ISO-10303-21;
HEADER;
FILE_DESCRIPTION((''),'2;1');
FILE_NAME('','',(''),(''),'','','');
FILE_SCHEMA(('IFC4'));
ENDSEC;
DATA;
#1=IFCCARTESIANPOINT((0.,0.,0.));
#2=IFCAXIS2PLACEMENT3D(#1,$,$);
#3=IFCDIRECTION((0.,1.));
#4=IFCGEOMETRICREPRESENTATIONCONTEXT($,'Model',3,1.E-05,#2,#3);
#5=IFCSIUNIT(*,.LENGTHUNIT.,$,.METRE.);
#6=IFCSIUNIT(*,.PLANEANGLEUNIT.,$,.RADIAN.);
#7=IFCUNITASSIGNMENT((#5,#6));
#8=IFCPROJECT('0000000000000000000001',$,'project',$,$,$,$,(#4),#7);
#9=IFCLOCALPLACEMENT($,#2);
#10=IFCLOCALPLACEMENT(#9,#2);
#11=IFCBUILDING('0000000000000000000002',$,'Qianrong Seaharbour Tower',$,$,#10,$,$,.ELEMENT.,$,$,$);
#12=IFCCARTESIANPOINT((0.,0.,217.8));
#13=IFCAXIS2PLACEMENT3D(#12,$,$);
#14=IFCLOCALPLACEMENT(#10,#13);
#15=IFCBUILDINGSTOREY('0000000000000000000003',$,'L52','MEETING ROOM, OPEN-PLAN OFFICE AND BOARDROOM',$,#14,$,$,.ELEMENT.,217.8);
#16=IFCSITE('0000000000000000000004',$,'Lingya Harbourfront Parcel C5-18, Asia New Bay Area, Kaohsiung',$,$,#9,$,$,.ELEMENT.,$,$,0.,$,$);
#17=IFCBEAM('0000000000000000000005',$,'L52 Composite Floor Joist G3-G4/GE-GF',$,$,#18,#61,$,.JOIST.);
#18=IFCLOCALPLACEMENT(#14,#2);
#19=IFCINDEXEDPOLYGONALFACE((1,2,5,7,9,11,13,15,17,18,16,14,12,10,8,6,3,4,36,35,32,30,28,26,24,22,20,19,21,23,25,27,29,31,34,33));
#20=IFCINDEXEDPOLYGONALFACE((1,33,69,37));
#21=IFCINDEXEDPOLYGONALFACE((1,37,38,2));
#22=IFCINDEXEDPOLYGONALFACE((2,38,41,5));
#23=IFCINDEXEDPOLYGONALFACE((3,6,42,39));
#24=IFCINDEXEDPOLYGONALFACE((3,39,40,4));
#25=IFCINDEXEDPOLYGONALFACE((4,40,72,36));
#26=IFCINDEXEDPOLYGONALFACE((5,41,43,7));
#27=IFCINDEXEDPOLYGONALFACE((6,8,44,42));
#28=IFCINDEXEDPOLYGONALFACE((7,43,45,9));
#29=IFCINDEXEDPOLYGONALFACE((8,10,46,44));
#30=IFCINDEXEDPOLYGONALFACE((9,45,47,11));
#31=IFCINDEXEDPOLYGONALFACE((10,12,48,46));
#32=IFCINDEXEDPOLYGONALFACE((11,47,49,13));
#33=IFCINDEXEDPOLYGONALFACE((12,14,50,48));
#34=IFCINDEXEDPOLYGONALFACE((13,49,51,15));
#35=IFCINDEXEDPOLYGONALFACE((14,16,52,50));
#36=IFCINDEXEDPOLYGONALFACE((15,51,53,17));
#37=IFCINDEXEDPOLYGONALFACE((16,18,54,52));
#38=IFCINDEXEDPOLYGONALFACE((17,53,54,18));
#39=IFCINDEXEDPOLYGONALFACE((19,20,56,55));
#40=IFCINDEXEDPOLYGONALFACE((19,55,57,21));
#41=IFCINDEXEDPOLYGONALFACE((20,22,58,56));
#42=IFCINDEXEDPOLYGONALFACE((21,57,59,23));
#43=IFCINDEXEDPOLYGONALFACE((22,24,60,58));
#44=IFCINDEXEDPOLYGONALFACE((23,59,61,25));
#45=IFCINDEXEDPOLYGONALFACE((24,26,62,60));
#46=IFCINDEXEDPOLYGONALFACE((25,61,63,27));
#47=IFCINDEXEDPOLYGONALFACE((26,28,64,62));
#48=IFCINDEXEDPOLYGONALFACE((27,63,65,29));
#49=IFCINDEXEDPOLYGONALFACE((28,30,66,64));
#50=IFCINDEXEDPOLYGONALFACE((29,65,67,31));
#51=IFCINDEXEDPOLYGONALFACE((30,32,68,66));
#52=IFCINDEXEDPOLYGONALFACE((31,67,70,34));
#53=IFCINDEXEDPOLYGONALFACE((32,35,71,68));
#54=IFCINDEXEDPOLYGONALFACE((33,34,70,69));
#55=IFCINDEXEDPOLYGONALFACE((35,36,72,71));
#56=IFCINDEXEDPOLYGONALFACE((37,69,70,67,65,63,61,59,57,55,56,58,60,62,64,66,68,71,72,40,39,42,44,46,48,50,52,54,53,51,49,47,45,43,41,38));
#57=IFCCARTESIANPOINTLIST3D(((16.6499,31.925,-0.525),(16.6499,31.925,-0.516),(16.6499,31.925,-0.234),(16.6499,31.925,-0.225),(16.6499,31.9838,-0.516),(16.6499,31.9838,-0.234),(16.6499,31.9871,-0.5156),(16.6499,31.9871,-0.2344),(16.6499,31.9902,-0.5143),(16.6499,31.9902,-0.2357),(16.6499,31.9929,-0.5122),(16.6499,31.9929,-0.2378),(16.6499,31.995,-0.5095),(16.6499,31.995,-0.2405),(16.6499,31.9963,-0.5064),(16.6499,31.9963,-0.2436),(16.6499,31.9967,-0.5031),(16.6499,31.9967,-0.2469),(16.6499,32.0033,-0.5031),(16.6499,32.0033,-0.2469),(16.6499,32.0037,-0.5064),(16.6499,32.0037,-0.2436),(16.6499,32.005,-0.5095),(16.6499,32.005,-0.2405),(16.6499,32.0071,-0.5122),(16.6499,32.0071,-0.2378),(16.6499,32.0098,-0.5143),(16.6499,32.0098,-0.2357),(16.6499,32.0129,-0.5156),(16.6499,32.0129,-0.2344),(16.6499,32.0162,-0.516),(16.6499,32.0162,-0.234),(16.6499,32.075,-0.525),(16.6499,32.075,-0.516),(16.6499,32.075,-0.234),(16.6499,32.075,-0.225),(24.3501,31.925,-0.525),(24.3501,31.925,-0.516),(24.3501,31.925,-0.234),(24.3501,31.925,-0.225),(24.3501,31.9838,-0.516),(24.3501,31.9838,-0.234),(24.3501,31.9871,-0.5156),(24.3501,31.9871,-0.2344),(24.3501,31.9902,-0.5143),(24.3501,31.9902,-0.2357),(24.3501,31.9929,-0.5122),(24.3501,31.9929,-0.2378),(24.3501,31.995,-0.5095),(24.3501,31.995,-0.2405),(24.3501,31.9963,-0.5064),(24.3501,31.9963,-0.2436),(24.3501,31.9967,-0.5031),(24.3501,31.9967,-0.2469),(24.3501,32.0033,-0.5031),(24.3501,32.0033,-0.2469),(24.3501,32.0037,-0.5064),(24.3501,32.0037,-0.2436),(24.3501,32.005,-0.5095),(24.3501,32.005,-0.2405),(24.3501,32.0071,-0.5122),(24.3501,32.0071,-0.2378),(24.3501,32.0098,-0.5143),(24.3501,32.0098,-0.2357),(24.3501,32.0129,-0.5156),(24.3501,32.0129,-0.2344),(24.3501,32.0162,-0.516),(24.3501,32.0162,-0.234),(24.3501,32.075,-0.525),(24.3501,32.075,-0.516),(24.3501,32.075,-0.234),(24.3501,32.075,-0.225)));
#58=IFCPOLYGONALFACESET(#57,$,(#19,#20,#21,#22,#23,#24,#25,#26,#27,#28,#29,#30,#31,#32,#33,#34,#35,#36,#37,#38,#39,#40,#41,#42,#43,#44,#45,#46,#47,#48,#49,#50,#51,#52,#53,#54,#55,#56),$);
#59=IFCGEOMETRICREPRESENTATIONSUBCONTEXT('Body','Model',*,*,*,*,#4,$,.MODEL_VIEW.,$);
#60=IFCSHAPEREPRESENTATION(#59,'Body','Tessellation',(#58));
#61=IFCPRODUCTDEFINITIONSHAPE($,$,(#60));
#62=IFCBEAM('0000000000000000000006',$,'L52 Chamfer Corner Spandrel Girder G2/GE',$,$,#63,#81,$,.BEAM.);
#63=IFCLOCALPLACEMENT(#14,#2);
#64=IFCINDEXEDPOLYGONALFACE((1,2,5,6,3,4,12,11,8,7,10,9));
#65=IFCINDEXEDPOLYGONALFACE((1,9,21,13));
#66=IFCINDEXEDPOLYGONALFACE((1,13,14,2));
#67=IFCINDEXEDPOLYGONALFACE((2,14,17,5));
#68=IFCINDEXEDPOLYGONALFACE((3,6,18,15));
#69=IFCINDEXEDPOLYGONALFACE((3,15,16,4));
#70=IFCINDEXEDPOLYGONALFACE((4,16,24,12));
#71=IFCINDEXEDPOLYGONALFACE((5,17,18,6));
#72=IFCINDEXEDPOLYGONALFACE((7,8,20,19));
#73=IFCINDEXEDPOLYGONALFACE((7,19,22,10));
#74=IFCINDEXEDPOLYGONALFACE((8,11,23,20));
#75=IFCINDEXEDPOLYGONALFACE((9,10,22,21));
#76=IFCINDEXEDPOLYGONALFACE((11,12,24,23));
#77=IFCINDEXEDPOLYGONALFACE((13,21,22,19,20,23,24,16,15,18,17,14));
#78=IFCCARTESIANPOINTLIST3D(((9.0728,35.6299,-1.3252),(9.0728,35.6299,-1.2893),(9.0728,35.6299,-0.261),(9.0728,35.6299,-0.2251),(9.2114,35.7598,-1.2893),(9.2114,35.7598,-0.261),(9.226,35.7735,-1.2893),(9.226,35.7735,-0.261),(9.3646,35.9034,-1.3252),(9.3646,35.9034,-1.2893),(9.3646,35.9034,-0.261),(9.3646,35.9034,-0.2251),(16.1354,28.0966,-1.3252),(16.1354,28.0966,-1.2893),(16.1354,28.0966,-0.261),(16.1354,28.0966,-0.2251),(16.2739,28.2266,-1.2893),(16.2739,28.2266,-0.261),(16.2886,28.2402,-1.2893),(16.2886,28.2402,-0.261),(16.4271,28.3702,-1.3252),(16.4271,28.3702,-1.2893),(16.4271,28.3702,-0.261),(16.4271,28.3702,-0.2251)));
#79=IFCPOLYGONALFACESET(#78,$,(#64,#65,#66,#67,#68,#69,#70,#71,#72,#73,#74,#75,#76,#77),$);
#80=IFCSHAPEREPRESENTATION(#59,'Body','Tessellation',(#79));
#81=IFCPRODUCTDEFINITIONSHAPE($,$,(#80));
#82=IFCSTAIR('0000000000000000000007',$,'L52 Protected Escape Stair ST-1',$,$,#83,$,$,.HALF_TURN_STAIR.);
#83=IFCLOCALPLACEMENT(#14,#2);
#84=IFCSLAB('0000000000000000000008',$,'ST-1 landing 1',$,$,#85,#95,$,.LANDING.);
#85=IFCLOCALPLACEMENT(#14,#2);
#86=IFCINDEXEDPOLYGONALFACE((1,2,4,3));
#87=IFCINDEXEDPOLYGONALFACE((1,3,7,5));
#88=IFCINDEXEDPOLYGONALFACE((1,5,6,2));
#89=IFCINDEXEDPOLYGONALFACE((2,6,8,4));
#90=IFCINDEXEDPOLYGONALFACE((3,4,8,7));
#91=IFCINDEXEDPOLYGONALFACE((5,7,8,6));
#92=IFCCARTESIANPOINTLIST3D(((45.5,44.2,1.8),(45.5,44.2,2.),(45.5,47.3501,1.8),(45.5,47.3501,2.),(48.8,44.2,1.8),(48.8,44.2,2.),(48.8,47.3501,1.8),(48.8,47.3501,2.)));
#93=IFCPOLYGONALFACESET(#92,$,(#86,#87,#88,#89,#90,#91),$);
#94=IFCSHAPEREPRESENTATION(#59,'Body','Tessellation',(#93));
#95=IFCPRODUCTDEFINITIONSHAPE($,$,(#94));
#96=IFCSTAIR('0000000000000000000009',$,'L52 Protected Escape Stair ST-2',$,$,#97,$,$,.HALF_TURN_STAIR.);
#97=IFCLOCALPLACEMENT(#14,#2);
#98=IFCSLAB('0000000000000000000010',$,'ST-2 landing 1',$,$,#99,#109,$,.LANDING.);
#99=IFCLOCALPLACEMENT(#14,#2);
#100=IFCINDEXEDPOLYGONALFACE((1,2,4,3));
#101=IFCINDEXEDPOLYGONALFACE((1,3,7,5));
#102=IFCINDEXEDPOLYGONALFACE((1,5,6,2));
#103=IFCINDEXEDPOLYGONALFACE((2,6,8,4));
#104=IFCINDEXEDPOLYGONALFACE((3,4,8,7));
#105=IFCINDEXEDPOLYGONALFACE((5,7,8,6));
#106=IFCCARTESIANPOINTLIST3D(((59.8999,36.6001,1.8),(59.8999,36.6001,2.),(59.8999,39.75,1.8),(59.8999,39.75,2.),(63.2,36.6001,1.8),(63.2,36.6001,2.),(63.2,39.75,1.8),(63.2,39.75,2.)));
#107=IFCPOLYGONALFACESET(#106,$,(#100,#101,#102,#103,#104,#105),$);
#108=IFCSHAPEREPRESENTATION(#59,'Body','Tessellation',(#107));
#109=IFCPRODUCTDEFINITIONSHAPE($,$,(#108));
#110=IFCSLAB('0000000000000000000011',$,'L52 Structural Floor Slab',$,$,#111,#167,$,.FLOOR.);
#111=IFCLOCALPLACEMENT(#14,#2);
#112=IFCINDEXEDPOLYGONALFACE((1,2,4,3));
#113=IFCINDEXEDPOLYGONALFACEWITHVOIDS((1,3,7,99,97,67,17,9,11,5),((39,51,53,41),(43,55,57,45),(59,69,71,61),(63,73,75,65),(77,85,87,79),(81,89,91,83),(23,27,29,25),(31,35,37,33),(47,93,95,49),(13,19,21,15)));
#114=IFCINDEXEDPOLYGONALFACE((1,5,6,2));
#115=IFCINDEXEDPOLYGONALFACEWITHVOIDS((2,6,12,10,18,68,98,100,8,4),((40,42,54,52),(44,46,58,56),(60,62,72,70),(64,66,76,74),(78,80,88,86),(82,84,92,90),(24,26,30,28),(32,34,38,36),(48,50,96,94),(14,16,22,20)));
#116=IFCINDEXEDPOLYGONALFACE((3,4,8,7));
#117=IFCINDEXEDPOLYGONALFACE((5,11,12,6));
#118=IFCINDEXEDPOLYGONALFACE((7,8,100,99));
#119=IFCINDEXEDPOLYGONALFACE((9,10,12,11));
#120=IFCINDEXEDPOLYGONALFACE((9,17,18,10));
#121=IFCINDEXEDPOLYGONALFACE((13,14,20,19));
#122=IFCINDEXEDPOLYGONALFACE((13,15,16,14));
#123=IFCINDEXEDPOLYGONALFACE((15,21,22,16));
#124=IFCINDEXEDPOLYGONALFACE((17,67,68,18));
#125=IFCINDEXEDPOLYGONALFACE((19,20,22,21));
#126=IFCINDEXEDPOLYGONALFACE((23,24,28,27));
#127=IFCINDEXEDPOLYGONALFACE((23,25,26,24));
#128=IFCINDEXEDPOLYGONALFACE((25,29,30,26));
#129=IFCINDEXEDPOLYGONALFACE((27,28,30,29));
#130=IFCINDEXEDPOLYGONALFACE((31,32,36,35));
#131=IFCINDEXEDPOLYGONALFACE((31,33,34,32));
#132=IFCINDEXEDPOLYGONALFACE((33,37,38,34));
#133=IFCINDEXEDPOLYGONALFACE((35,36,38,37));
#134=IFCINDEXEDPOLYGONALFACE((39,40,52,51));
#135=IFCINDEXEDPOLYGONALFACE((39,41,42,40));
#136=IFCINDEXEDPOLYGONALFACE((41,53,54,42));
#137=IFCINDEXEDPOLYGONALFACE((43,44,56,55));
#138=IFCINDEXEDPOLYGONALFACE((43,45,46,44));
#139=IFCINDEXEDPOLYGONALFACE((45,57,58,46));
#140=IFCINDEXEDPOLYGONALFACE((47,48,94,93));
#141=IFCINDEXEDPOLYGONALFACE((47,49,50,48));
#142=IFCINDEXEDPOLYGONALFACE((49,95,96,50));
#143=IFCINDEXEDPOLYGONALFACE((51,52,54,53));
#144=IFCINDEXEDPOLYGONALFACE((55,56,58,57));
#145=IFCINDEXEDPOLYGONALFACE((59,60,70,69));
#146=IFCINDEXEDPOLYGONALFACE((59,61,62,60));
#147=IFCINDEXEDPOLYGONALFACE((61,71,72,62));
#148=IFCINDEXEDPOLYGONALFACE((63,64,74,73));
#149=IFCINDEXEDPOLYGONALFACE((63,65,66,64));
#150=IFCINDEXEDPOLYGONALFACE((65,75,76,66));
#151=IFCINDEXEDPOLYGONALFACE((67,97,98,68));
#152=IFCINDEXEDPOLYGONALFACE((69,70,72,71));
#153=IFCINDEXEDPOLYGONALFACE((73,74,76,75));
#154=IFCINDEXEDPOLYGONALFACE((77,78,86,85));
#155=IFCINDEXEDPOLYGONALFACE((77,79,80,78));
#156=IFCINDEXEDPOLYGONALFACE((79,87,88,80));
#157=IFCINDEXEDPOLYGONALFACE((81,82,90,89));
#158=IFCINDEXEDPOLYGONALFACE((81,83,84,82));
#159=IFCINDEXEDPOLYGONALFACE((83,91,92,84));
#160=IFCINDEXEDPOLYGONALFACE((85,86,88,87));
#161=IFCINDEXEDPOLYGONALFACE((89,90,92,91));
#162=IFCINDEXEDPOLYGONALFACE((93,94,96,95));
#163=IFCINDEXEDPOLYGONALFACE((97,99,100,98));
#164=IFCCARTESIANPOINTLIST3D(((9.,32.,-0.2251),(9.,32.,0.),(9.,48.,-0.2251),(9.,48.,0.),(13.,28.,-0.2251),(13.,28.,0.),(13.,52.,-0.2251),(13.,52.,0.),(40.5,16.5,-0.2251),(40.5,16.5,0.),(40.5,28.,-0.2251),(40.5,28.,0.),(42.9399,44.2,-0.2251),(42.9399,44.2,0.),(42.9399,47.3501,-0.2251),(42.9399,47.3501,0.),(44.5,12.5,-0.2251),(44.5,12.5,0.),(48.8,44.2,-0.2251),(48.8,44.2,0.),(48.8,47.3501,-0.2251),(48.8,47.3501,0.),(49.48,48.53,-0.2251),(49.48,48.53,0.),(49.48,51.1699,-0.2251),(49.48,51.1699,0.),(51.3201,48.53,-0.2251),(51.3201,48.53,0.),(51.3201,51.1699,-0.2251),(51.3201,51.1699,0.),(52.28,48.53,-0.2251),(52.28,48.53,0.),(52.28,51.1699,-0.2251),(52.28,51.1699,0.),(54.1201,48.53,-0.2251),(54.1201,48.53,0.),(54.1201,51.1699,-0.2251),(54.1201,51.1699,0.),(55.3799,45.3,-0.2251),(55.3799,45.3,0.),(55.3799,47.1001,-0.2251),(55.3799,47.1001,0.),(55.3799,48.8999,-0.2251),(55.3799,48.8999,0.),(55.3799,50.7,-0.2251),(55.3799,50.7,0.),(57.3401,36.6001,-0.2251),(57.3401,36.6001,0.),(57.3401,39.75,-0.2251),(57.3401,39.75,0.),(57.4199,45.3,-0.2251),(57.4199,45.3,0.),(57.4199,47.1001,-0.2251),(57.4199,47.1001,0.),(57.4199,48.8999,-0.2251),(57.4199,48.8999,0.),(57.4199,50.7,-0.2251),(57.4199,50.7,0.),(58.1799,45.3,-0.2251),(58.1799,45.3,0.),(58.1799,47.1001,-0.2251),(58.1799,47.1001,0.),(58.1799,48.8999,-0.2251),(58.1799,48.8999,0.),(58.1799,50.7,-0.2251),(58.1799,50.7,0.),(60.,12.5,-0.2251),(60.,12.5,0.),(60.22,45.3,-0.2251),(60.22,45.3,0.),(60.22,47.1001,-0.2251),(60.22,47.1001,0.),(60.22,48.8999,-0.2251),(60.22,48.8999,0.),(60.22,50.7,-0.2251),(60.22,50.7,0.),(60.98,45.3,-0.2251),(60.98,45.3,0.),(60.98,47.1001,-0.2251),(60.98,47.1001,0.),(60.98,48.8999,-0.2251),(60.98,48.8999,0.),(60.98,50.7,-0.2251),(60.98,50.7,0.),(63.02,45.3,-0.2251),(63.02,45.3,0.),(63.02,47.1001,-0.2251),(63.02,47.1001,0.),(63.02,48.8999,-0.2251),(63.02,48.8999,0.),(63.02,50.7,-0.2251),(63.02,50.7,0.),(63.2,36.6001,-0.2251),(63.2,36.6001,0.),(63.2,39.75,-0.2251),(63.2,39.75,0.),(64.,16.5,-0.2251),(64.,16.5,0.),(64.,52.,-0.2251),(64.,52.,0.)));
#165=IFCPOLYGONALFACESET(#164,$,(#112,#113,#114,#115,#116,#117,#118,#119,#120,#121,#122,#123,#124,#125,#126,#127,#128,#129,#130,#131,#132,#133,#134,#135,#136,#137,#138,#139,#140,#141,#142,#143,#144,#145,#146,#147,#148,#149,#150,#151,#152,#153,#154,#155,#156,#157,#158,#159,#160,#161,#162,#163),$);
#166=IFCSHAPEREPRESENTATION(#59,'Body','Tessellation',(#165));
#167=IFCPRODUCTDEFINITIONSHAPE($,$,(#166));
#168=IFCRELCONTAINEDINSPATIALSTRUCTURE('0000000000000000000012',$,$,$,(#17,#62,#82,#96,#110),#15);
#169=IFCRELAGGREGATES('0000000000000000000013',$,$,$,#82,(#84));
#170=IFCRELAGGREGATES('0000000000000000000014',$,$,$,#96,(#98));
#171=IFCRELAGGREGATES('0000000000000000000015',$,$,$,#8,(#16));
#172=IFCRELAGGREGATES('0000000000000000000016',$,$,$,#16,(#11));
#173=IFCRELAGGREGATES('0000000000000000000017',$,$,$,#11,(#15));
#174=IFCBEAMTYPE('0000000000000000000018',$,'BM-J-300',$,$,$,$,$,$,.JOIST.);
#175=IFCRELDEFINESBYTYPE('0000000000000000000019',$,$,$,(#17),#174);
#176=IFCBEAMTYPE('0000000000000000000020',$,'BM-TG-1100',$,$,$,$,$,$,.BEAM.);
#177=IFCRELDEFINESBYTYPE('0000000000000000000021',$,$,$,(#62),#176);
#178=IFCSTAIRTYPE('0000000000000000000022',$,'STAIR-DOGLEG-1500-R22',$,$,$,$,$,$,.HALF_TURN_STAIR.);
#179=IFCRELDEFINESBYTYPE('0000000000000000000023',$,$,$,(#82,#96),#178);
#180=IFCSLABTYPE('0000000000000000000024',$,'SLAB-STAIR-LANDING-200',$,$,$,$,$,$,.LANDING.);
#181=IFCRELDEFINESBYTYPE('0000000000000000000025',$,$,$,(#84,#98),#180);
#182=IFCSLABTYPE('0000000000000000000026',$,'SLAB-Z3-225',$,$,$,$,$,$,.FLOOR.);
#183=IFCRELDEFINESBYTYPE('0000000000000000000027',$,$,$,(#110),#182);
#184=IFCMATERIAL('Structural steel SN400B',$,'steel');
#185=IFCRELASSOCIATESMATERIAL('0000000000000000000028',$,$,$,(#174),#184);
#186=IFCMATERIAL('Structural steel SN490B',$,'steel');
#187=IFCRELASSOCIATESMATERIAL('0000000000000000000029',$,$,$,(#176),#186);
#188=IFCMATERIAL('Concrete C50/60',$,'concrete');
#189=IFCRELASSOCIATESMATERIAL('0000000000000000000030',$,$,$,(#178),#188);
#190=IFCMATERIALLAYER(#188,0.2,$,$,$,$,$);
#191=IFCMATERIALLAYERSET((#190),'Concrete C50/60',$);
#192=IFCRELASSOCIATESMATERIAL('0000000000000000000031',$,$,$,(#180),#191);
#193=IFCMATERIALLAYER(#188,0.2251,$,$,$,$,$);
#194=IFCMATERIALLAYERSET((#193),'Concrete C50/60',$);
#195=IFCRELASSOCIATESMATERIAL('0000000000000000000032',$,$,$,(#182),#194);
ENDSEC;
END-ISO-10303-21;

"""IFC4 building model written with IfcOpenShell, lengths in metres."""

from ifc_helpers import new_model, si_unit, direction, frame, origin, origin_2d, place, context, subcontext, project, spatial, polyline, i_section, outline, extrude, material, layer, layer_set, material_profile, profile_set, type_object, element, aggregate, save


model = new_model("IFC4")

# Units and contexts
model_context = context("Model", 3, precision=1e-05, world=origin(), true_north=direction((0.0, 1.0)))
body_context = subcontext(model_context, "Body", "Model", "MODEL_VIEW")
ifc_project = project(units=[si_unit("LENGTHUNIT", "METRE"), si_unit("PLANEANGLEUNIT", "RADIAN")], contexts=[model_context])

# Site, building, storey
site_placement = place(None, origin())
site = spatial("IfcSite", under=ifc_project, at=site_placement, Name="Lingya Harbourfront Parcel C5-18, Asia New Bay Area, Kaohsiung", CompositionType="ELEMENT", RefElevation=0.0)
building_placement = place(site_placement, origin())
building = spatial("IfcBuilding", under=site, at=building_placement, Name="Qianrong Seaharbour Tower", CompositionType="ELEMENT")
storey_placement = place(building_placement, frame((0.0, 0.0, 217.8)))
storey = spatial("IfcBuildingStorey", under=building, at=storey_placement, Name="L52", Description="MEETING ROOM, OPEN-PLAN OFFICE AND BOARDROOM", CompositionType="ELEMENT", Elevation=217.8)

# Shared definitions
ifc_material_1 = material(Name="Structural steel SN490B", Category="steel")

# Beams
ifc_material_2 = material(Name="Structural steel SN400B", Category="steel")
ifc_material_profile_1 = material_profile(ifc_material_2, i_section(OverallWidth=0.1499, OverallDepth=0.3, WebThickness=0.0066, FlangeThickness=0.009, FilletRadius=0.0129, at=origin_2d()), Name="H300x150x6.5x9")
ifc_profile_set_1 = profile_set([ifc_material_profile_1], Name="Structural steel SN400B")
beam_type_1 = type_object("IfcBeamType", Name="BM-J-300", PredefinedType="JOIST", material=ifc_profile_set_1)
beam_1_placement = place(storey_placement, frame((16.6499, 32.0, -0.375), z_axis=(1.0, 0.0, 0.0), x_axis=(0.0, 1.0, 0.0)))
element("IfcBeam", 1, at=beam_1_placement, inside=storey, type_object=beam_type_1, Name="L52 Composite Floor Joist G3-G4/GE-GF", PredefinedType="JOIST", context=body_context, shape_type="SweptSolid", body=[
    extrude(i_section(OverallWidth=0.1499, OverallDepth=0.3, WebThickness=0.0066, FlangeThickness=0.009, FilletRadius=0.0129, at=origin_2d()), origin(), (0.0, 0.0, 1.0), 7.7002),
])
ifc_material_profile_2 = material_profile(ifc_material_1, i_section(OverallWidth=0.3999, OverallDepth=1.1001, WebThickness=0.02, FlangeThickness=0.0359, at=origin_2d()), Name="BH1100x400x20x36")
ifc_profile_set_2 = profile_set([ifc_material_profile_2], Name="Structural steel SN490B")
beam_type_2 = type_object("IfcBeamType", Name="BM-TG-1100", PredefinedType="BEAM", material=ifc_profile_set_2)
beam_2_placement = place(storey_placement, frame((16.2812, 28.2334, -0.7751), z_axis=(-0.683947, 0.729531, 0.0), x_axis=(-0.729531, -0.683947, 0.0)))
element("IfcBeam", 2, at=beam_2_placement, inside=storey, type_object=beam_type_2, Name="L52 Chamfer Corner Spandrel Girder G2/GE", PredefinedType="BEAM", context=body_context, shape_type="SweptSolid", body=[
    extrude(i_section(OverallWidth=0.3999, OverallDepth=1.1001, WebThickness=0.02, FlangeThickness=0.0359, at=origin_2d()), origin(), (0.0, 0.0, 1.0), 10.3262),
])

# Stairs, slabs
ifc_material_3 = material(Name="Concrete C50/60", Category="concrete")
stair_type = type_object("IfcStairType", Name="STAIR-DOGLEG-1500-R22", PredefinedType="HALF_TURN_STAIR", material=ifc_material_3)
stair_1_placement = place(storey_placement, origin())
stair_1 = element("IfcStair", 3, at=stair_1_placement, inside=storey, type_object=stair_type, Name="L52 Protected Escape Stair ST-1", PredefinedType="HALF_TURN_STAIR")
ifc_layer_1 = layer(ifc_material_3, 0.2)
ifc_layer_set_1 = layer_set([ifc_layer_1], Name="Concrete C50/60")
slab_type_1 = type_object("IfcSlabType", Name="SLAB-STAIR-LANDING-200", PredefinedType="LANDING", material=ifc_layer_set_1)
slab_1_placement = place(storey_placement, frame((0.0, 0.0, 1.8)))
slab_1 = element("IfcSlab", 4, at=slab_1_placement, type_object=slab_type_1, Name="ST-1 landing 1", PredefinedType="LANDING", context=body_context, shape_type="SweptSolid", body=[
    extrude(outline(polyline([(45.5, 44.2), (48.8, 44.2), (48.8, 47.3501), (45.5, 47.3501), (45.5, 44.2)])), origin(), (0.0, 0.0, 1.0), 0.2),
])
aggregate(stair_1, [slab_1])
stair_2_placement = place(storey_placement, origin())
stair_2 = element("IfcStair", 5, at=stair_2_placement, inside=storey, type_object=stair_type, Name="L52 Protected Escape Stair ST-2", PredefinedType="HALF_TURN_STAIR")
slab_2_placement = place(storey_placement, frame((0.0, 0.0, 1.8)))
slab_2 = element("IfcSlab", 6, at=slab_2_placement, type_object=slab_type_1, Name="ST-2 landing 1", PredefinedType="LANDING", context=body_context, shape_type="SweptSolid", body=[
    extrude(outline(polyline([(59.8999, 36.6001), (63.2, 36.6001), (63.2, 39.75), (59.8999, 39.75), (59.8999, 36.6001)])), origin(), (0.0, 0.0, 1.0), 0.2),
])
aggregate(stair_2, [slab_2])

# Slab
ifc_layer_2 = layer(ifc_material_3, 0.2251)
ifc_layer_set_2 = layer_set([ifc_layer_2], Name="Concrete C50/60")
slab_type_2 = type_object("IfcSlabType", Name="SLAB-Z3-225", PredefinedType="FLOOR", material=ifc_layer_set_2)
slab_3_placement = place(storey_placement, frame((0.0, 0.0, -0.2251)))
element("IfcSlab", 7, at=slab_3_placement, inside=storey, type_object=slab_type_2, Name="L52 Structural Floor Slab", PredefinedType="FLOOR", context=body_context, shape_type="SweptSolid", body=[
    extrude(outline(polyline([(44.5, 12.5), (60.0, 12.5), (64.0, 16.5), (64.0, 52.0), (13.0, 52.0), (9.0, 48.0), (9.0, 32.0), (13.0, 28.0), (40.5, 28.0), (40.5, 16.5), (44.5, 12.5)]), holes=[polyline([(42.9399, 44.2), (42.9399, 47.3501), (48.8, 47.3501), (48.8, 44.2), (42.9399, 44.2)]), polyline([(57.3401, 36.6001), (57.3401, 39.75), (63.2, 39.75), (63.2, 36.6001), (57.3401, 36.6001)]), polyline([(49.48, 48.53), (49.48, 51.1699), (51.3201, 51.1699), (51.3201, 48.53), (49.48, 48.53)]), polyline([(52.28, 48.53), (52.28, 51.1699), (54.1201, 51.1699), (54.1201, 48.53), (52.28, 48.53)]), polyline([(55.3799, 45.3), (55.3799, 47.1001), (57.4199, 47.1001), (57.4199, 45.3), (55.3799, 45.3)]), polyline([(58.1799, 45.3), (58.1799, 47.1001), (60.22, 47.1001), (60.22, 45.3), (58.1799, 45.3)]), polyline([(60.98, 45.3), (60.98, 47.1001), (63.02, 47.1001), (63.02, 45.3), (60.98, 45.3)]), polyline([(55.3799, 48.8999), (55.3799, 50.7), (57.4199, 50.7), (57.4199, 48.8999), (55.3799, 48.8999)]), polyline([(58.1799, 48.8999), (58.1799, 50.7), (60.22, 50.7), (60.22, 48.8999), (58.1799, 48.8999)]), polyline([(60.98, 48.8999), (60.98, 50.7), (63.02, 50.7), (63.02, 48.8999), (60.98, 48.8999)])]), origin(), (0.0, 0.0, 1.0), 0.2251),
])

save(model, "model.ifc")
